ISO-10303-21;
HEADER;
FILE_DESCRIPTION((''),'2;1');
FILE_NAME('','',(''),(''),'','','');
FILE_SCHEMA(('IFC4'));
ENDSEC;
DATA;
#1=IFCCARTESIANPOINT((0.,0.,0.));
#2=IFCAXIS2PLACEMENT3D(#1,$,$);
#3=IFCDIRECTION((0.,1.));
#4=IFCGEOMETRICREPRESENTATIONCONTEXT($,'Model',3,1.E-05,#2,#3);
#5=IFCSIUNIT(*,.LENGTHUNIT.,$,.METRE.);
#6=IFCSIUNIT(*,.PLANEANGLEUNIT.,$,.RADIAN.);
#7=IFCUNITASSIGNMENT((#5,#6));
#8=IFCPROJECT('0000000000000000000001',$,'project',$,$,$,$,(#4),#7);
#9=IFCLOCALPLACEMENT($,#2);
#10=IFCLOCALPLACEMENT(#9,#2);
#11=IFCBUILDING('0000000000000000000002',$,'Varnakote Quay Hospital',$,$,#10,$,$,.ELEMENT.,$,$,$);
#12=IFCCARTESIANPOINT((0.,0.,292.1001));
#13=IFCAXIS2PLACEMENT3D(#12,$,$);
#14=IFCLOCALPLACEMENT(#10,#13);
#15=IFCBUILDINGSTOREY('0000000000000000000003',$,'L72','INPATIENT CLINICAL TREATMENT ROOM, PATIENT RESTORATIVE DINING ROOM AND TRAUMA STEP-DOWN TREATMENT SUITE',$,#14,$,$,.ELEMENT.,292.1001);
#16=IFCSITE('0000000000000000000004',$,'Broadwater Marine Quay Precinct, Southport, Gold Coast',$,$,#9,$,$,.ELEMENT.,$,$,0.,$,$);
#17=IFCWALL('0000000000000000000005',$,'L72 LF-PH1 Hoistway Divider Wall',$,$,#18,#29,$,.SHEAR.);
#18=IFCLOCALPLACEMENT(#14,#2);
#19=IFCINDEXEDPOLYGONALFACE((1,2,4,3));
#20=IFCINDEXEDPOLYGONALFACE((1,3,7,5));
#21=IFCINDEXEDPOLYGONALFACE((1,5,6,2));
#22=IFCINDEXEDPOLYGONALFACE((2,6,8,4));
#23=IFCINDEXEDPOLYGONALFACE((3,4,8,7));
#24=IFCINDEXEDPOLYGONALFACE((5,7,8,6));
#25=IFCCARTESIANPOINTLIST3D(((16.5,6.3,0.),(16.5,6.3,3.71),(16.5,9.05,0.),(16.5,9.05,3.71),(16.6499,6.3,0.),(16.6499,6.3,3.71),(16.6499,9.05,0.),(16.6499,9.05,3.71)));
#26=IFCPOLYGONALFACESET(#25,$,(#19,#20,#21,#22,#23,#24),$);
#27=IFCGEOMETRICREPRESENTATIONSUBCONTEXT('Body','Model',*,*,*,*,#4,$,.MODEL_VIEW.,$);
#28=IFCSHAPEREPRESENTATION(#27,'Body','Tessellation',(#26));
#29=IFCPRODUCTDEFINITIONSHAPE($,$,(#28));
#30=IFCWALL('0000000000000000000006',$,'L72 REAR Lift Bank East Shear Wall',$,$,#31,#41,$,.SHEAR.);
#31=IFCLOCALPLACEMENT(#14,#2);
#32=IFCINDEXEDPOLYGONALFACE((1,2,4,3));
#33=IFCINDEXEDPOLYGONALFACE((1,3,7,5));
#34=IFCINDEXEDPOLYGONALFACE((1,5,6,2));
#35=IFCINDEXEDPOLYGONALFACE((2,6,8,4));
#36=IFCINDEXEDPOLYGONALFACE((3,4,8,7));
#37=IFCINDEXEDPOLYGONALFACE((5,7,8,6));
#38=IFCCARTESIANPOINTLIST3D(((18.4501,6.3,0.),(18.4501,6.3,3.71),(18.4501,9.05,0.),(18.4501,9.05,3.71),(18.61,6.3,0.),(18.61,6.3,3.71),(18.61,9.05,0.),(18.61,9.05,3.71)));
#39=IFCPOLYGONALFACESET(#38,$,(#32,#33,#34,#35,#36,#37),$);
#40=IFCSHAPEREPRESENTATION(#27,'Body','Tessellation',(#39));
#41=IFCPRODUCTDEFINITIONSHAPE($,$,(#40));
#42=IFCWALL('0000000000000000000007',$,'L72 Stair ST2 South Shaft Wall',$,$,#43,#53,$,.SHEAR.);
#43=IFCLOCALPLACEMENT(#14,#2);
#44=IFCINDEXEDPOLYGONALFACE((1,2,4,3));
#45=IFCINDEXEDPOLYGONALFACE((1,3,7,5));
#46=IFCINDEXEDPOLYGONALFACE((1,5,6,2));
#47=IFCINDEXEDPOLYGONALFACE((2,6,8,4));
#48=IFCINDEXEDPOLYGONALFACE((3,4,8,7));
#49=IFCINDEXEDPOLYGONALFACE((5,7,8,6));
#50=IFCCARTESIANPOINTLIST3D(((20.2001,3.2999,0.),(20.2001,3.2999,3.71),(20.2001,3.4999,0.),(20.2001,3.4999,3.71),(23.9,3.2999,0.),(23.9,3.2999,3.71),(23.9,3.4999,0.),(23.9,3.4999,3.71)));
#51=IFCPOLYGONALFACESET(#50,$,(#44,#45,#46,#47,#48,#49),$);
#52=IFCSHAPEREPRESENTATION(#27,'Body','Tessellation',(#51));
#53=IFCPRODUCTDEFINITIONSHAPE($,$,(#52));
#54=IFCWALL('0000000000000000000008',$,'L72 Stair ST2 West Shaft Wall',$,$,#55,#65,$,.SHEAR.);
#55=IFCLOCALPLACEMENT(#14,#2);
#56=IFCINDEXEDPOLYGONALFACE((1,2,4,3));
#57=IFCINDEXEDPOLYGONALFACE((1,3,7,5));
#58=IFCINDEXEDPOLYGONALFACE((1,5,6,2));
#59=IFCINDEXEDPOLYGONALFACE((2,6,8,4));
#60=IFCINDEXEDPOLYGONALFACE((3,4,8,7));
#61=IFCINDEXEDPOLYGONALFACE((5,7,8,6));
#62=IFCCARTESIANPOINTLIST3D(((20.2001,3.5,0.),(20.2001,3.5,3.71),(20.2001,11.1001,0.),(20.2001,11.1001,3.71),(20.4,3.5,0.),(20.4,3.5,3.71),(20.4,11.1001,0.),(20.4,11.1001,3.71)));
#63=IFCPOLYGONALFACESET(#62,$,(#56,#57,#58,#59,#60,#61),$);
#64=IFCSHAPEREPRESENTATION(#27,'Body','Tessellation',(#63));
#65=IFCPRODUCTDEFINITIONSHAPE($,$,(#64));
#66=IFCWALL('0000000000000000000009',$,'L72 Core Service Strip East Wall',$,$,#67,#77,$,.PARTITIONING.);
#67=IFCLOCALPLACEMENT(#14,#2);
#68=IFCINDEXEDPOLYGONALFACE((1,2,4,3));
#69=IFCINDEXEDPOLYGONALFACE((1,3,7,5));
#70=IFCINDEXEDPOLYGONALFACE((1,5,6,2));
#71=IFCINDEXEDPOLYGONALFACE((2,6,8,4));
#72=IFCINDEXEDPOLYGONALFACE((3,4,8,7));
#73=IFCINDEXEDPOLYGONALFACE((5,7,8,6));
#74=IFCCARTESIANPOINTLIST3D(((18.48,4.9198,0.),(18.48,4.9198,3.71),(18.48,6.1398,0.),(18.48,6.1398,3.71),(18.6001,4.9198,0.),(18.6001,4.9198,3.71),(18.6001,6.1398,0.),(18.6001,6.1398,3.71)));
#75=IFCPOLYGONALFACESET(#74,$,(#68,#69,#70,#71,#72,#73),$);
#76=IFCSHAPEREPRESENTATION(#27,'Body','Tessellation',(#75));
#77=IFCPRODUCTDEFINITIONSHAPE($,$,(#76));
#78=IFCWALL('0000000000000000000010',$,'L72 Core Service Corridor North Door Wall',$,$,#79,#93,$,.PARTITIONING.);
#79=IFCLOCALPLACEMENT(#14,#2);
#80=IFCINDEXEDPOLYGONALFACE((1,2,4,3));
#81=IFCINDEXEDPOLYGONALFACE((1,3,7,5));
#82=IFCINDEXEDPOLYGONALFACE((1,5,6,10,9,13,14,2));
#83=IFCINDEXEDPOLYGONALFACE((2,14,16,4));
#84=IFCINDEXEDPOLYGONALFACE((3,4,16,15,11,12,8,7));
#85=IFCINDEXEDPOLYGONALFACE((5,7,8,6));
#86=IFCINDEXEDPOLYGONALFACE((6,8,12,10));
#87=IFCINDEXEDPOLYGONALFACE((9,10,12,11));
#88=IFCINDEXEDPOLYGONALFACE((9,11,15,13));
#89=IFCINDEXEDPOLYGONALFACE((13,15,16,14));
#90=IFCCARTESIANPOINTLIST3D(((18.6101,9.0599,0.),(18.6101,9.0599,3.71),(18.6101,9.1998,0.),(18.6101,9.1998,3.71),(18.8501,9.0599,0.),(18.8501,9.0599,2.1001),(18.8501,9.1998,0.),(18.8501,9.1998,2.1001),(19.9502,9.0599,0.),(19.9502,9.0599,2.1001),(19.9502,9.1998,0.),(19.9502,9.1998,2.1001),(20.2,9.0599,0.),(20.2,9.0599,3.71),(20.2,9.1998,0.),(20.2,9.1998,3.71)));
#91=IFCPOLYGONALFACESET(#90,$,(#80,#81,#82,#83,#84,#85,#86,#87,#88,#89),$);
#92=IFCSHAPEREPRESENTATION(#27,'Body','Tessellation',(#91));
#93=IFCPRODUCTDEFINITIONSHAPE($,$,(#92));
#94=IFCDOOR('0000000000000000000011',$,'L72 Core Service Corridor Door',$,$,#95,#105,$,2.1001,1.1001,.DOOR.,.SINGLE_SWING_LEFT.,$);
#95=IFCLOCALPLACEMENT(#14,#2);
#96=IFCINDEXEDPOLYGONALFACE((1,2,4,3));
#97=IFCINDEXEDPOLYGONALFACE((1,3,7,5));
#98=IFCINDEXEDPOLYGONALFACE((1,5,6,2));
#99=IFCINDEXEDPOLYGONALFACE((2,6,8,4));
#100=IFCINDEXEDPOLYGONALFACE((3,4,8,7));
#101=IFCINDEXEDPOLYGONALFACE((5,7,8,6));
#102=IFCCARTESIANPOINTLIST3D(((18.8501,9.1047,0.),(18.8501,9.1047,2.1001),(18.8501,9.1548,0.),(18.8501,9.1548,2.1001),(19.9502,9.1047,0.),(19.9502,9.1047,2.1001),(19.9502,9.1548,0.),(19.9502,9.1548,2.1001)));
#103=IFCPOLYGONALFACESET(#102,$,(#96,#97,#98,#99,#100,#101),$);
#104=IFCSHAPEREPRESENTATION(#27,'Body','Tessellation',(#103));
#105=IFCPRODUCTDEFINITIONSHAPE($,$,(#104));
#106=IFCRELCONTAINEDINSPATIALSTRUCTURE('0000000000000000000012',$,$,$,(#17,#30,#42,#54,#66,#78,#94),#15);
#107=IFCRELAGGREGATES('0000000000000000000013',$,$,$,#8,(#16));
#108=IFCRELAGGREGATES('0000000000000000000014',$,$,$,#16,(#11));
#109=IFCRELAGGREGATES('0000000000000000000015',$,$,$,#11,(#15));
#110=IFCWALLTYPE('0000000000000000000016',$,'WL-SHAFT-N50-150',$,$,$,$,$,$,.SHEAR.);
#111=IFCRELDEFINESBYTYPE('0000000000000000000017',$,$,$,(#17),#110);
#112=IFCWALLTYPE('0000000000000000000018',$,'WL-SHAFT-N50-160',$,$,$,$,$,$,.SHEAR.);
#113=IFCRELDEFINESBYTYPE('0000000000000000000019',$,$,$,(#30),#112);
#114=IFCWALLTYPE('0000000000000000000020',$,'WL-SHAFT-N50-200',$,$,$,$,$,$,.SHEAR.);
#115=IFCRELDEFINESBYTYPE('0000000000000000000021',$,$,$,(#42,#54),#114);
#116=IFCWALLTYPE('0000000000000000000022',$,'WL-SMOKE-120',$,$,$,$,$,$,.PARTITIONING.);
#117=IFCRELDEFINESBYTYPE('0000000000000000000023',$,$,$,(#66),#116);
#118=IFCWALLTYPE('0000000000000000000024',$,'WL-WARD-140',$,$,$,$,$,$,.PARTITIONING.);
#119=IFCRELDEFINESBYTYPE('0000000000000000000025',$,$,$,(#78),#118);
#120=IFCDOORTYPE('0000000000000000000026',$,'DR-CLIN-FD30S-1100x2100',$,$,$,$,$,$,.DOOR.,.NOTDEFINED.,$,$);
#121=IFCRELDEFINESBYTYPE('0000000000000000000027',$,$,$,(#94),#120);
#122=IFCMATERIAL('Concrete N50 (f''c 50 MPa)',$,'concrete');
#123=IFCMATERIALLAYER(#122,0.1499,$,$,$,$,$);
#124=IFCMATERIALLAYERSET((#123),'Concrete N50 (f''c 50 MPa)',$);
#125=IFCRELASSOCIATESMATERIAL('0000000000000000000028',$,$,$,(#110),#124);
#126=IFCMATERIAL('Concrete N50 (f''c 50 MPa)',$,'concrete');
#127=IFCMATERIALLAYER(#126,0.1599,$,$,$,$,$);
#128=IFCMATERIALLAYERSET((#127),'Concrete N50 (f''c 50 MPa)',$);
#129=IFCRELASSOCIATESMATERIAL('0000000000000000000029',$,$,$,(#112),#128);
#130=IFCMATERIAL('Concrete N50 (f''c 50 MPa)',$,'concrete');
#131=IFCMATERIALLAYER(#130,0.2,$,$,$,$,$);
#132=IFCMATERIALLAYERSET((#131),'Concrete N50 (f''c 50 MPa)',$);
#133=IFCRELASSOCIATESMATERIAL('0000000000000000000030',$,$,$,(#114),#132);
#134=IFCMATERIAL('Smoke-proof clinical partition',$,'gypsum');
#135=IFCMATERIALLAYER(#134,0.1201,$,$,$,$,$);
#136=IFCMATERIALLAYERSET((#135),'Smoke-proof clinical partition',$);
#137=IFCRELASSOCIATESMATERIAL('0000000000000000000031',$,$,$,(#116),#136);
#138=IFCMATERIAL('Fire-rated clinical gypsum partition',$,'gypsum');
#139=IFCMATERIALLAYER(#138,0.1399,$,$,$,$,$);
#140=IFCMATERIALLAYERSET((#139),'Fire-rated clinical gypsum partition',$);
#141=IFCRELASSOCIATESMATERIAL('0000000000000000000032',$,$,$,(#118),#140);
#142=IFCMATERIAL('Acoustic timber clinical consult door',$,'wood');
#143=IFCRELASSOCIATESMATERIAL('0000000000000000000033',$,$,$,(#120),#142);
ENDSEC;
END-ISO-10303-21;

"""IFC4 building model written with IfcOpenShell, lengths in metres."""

from ifc_helpers import new_model, si_unit, direction, frame, frame_2d, origin, place, context, subcontext, project, spatial, rectangle, extrude, material, layer, layer_set, type_object, element, fill, save


model = new_model("IFC4")

# Units and contexts
model_context = context("Model", 3, precision=1e-05, world=origin(), true_north=direction((0.0, 1.0)))
body_context = subcontext(model_context, "Body", "Model", "MODEL_VIEW")
ifc_project = project(units=[si_unit("LENGTHUNIT", "METRE"), si_unit("PLANEANGLEUNIT", "RADIAN")], contexts=[model_context])

# Site, building, storey
site_placement = place(None, origin())
site = spatial("IfcSite", under=ifc_project, at=site_placement, Name="Broadwater Marine Quay Precinct, Southport, Gold Coast", CompositionType="ELEMENT", RefElevation=0.0)
building_placement = place(site_placement, origin())
building = spatial("IfcBuilding", under=site, at=building_placement, Name="Varnakote Quay Hospital", CompositionType="ELEMENT")
storey_placement = place(building_placement, frame((0.0, 0.0, 292.1001)))
storey = spatial("IfcBuildingStorey", under=building, at=storey_placement, Name="L72", Description="INPATIENT CLINICAL TREATMENT ROOM, PATIENT RESTORATIVE DINING ROOM AND TRAUMA STEP-DOWN TREATMENT SUITE", CompositionType="ELEMENT", Elevation=292.1001)

# Walls
ifc_material_1 = material(Name="Concrete N50 (f'c 50 MPa)", Category="concrete")
ifc_layer_1 = layer(ifc_material_1, 0.1499)
ifc_layer_set_1 = layer_set([ifc_layer_1], Name="Concrete N50 (f'c 50 MPa)")
wall_type_1 = type_object("IfcWallType", Name="WL-SHAFT-N50-150", PredefinedType="SHEAR", material=ifc_layer_set_1)
for number, where, z_axis, x_axis, name in (
    (1, (16.575, 6.3, 0.0), (0.0, 0.0, 1.0), (0.0, 1.0, 0.0), "L72 LF-PH1 Hoistway Divider Wall"),
):
    element("IfcWall", number, at=place(storey_placement, frame(where, z_axis=z_axis, x_axis=x_axis)), inside=storey, type_object=wall_type_1, Name=name, PredefinedType="SHEAR", context=body_context, shape_type="SweptSolid", body=[
        extrude(rectangle(XDim=2.75, YDim=0.1499, at=frame_2d((1.375, 0.0))), origin(), (0.0, 0.0, 1.0), 3.71),
    ])
ifc_material_2 = material(Name="Concrete N50 (f'c 50 MPa)", Category="concrete")
ifc_layer_2 = layer(ifc_material_2, 0.1599)
ifc_layer_set_2 = layer_set([ifc_layer_2], Name="Concrete N50 (f'c 50 MPa)")
wall_type_2 = type_object("IfcWallType", Name="WL-SHAFT-N50-160", PredefinedType="SHEAR", material=ifc_layer_set_2)
wall_1_placement = place(storey_placement, frame((18.53, 6.3, 0.0), z_axis=(0.0, 0.0, 1.0), x_axis=(0.0, 1.0, 0.0)))
element("IfcWall", 2, at=wall_1_placement, inside=storey, type_object=wall_type_2, Name="L72 REAR Lift Bank East Shear Wall", PredefinedType="SHEAR", context=body_context, shape_type="SweptSolid", body=[
    extrude(rectangle(XDim=2.75, YDim=0.1599, at=frame_2d((1.375, 0.0))), origin(), (0.0, 0.0, 1.0), 3.71),
])

# Walls
ifc_material_3 = material(Name="Concrete N50 (f'c 50 MPa)", Category="concrete")
ifc_layer_3 = layer(ifc_material_3, 0.2)
ifc_layer_set_3 = layer_set([ifc_layer_3], Name="Concrete N50 (f'c 50 MPa)")
wall_type_3 = type_object("IfcWallType", Name="WL-SHAFT-N50-200", PredefinedType="SHEAR", material=ifc_layer_set_3)
wall_2_placement = place(storey_placement, frame((20.2, 3.3999, 0.0), z_axis=(0.0, 0.0, 1.0), x_axis=(1.0, 0.0, 0.0)))
element("IfcWall", 3, at=wall_2_placement, inside=storey, type_object=wall_type_3, Name="L72 Stair ST2 South Shaft Wall", PredefinedType="SHEAR", context=body_context, shape_type="SweptSolid", body=[
    extrude(rectangle(XDim=3.7, YDim=0.2, at=frame_2d((1.8501, 0.0))), origin(), (0.0, 0.0, 1.0), 3.71),
])
wall_3_placement = place(storey_placement, frame((20.3, 3.5, 0.0), z_axis=(0.0, 0.0, 1.0), x_axis=(0.0, 1.0, 0.0)))
element("IfcWall", 4, at=wall_3_placement, inside=storey, type_object=wall_type_3, Name="L72 Stair ST2 West Shaft Wall", PredefinedType="SHEAR", context=body_context, shape_type="SweptSolid", body=[
    extrude(rectangle(XDim=7.6001, YDim=0.2, at=frame_2d((3.8, 0.0))), origin(), (0.0, 0.0, 1.0), 3.71),
])

# Wall
ifc_material_4 = material(Name="Smoke-proof clinical partition", Category="gypsum")
ifc_layer_4 = layer(ifc_material_4, 0.1201)
ifc_layer_set_4 = layer_set([ifc_layer_4], Name="Smoke-proof clinical partition")
wall_type_4 = type_object("IfcWallType", Name="WL-SMOKE-120", PredefinedType="PARTITIONING", material=ifc_layer_set_4)
wall_4_placement = place(storey_placement, frame((18.54, 4.9199, 0.0), z_axis=(0.0, 0.0, 1.0), x_axis=(0.0, 1.0, 0.0)))
element("IfcWall", 5, at=wall_4_placement, inside=storey, type_object=wall_type_4, Name="L72 Core Service Strip East Wall", PredefinedType="PARTITIONING", context=body_context, shape_type="SweptSolid", body=[
    extrude(rectangle(XDim=1.22, YDim=0.1201, at=frame_2d((0.6099, 0.0))), origin(), (0.0, 0.0, 1.0), 3.71),
])

# Wall, opening, door
ifc_material_5 = material(Name="Fire-rated clinical gypsum partition", Category="gypsum")
ifc_layer_5 = layer(ifc_material_5, 0.1399)
ifc_layer_set_5 = layer_set([ifc_layer_5], Name="Fire-rated clinical gypsum partition")
wall_type_5 = type_object("IfcWallType", Name="WL-WARD-140", PredefinedType="PARTITIONING", material=ifc_layer_set_5)
wall_5_placement = place(storey_placement, frame((18.6101, 9.1299, 0.0), z_axis=(0.0, 0.0, 1.0), x_axis=(1.0, 0.0, 0.0)))
wall_5 = element("IfcWall", 6, at=wall_5_placement, inside=storey, type_object=wall_type_5, Name="L72 Core Service Corridor North Door Wall", PredefinedType="PARTITIONING", context=body_context, shape_type="SweptSolid", body=[
    extrude(rectangle(XDim=1.5898, YDim=0.1399, at=frame_2d((0.7949, 0.0))), origin(), (0.0, 0.0, 1.0), 3.71),
])
opening_1_placement = place(wall_5_placement, frame((0.24, 0.0, 0.0)))
opening_1 = element("IfcOpeningElement", 7, at=opening_1_placement, cuts=wall_5, PredefinedType="OPENING", context=body_context, shape_type="SweptSolid", body=[
    extrude(rectangle(XDim=1.1001, YDim=2.1001, at=frame_2d((0.55, 1.05))), frame((0.0, 0.0798, 0.0), z_axis=(0.0, -1.0, 0.0), x_axis=(1.0, 0.0, 0.0)), (0.0, 0.0, 1.0), 0.1599),
])
ifc_material_6 = material(Name="Acoustic timber clinical consult door", Category="wood")
door_type_1 = type_object("IfcDoorType", Name="DR-CLIN-FD30S-1100x2100", OperationType="NOTDEFINED", PredefinedType="DOOR", material=ifc_material_6)
door_1_placement = place(opening_1_placement, origin())
door_1 = element("IfcDoor", 8, at=door_1_placement, inside=storey, type_object=door_type_1, Name="L72 Core Service Corridor Door", OperationType="SINGLE_SWING_LEFT", OverallHeight=2.1001, OverallWidth=1.1001, PredefinedType="DOOR", context=body_context, shape_type="SweptSolid", body=[
    extrude(rectangle(XDim=1.1001, YDim=2.1001, at=frame_2d((0.55, 1.05))), frame((0.0, 0.0249, 0.0), z_axis=(0.0, -1.0, 0.0), x_axis=(1.0, 0.0, 0.0)), (0.0, 0.0, 1.0), 0.05),
])
fill(opening_1, door_1)

save(model, "model.ifc")
